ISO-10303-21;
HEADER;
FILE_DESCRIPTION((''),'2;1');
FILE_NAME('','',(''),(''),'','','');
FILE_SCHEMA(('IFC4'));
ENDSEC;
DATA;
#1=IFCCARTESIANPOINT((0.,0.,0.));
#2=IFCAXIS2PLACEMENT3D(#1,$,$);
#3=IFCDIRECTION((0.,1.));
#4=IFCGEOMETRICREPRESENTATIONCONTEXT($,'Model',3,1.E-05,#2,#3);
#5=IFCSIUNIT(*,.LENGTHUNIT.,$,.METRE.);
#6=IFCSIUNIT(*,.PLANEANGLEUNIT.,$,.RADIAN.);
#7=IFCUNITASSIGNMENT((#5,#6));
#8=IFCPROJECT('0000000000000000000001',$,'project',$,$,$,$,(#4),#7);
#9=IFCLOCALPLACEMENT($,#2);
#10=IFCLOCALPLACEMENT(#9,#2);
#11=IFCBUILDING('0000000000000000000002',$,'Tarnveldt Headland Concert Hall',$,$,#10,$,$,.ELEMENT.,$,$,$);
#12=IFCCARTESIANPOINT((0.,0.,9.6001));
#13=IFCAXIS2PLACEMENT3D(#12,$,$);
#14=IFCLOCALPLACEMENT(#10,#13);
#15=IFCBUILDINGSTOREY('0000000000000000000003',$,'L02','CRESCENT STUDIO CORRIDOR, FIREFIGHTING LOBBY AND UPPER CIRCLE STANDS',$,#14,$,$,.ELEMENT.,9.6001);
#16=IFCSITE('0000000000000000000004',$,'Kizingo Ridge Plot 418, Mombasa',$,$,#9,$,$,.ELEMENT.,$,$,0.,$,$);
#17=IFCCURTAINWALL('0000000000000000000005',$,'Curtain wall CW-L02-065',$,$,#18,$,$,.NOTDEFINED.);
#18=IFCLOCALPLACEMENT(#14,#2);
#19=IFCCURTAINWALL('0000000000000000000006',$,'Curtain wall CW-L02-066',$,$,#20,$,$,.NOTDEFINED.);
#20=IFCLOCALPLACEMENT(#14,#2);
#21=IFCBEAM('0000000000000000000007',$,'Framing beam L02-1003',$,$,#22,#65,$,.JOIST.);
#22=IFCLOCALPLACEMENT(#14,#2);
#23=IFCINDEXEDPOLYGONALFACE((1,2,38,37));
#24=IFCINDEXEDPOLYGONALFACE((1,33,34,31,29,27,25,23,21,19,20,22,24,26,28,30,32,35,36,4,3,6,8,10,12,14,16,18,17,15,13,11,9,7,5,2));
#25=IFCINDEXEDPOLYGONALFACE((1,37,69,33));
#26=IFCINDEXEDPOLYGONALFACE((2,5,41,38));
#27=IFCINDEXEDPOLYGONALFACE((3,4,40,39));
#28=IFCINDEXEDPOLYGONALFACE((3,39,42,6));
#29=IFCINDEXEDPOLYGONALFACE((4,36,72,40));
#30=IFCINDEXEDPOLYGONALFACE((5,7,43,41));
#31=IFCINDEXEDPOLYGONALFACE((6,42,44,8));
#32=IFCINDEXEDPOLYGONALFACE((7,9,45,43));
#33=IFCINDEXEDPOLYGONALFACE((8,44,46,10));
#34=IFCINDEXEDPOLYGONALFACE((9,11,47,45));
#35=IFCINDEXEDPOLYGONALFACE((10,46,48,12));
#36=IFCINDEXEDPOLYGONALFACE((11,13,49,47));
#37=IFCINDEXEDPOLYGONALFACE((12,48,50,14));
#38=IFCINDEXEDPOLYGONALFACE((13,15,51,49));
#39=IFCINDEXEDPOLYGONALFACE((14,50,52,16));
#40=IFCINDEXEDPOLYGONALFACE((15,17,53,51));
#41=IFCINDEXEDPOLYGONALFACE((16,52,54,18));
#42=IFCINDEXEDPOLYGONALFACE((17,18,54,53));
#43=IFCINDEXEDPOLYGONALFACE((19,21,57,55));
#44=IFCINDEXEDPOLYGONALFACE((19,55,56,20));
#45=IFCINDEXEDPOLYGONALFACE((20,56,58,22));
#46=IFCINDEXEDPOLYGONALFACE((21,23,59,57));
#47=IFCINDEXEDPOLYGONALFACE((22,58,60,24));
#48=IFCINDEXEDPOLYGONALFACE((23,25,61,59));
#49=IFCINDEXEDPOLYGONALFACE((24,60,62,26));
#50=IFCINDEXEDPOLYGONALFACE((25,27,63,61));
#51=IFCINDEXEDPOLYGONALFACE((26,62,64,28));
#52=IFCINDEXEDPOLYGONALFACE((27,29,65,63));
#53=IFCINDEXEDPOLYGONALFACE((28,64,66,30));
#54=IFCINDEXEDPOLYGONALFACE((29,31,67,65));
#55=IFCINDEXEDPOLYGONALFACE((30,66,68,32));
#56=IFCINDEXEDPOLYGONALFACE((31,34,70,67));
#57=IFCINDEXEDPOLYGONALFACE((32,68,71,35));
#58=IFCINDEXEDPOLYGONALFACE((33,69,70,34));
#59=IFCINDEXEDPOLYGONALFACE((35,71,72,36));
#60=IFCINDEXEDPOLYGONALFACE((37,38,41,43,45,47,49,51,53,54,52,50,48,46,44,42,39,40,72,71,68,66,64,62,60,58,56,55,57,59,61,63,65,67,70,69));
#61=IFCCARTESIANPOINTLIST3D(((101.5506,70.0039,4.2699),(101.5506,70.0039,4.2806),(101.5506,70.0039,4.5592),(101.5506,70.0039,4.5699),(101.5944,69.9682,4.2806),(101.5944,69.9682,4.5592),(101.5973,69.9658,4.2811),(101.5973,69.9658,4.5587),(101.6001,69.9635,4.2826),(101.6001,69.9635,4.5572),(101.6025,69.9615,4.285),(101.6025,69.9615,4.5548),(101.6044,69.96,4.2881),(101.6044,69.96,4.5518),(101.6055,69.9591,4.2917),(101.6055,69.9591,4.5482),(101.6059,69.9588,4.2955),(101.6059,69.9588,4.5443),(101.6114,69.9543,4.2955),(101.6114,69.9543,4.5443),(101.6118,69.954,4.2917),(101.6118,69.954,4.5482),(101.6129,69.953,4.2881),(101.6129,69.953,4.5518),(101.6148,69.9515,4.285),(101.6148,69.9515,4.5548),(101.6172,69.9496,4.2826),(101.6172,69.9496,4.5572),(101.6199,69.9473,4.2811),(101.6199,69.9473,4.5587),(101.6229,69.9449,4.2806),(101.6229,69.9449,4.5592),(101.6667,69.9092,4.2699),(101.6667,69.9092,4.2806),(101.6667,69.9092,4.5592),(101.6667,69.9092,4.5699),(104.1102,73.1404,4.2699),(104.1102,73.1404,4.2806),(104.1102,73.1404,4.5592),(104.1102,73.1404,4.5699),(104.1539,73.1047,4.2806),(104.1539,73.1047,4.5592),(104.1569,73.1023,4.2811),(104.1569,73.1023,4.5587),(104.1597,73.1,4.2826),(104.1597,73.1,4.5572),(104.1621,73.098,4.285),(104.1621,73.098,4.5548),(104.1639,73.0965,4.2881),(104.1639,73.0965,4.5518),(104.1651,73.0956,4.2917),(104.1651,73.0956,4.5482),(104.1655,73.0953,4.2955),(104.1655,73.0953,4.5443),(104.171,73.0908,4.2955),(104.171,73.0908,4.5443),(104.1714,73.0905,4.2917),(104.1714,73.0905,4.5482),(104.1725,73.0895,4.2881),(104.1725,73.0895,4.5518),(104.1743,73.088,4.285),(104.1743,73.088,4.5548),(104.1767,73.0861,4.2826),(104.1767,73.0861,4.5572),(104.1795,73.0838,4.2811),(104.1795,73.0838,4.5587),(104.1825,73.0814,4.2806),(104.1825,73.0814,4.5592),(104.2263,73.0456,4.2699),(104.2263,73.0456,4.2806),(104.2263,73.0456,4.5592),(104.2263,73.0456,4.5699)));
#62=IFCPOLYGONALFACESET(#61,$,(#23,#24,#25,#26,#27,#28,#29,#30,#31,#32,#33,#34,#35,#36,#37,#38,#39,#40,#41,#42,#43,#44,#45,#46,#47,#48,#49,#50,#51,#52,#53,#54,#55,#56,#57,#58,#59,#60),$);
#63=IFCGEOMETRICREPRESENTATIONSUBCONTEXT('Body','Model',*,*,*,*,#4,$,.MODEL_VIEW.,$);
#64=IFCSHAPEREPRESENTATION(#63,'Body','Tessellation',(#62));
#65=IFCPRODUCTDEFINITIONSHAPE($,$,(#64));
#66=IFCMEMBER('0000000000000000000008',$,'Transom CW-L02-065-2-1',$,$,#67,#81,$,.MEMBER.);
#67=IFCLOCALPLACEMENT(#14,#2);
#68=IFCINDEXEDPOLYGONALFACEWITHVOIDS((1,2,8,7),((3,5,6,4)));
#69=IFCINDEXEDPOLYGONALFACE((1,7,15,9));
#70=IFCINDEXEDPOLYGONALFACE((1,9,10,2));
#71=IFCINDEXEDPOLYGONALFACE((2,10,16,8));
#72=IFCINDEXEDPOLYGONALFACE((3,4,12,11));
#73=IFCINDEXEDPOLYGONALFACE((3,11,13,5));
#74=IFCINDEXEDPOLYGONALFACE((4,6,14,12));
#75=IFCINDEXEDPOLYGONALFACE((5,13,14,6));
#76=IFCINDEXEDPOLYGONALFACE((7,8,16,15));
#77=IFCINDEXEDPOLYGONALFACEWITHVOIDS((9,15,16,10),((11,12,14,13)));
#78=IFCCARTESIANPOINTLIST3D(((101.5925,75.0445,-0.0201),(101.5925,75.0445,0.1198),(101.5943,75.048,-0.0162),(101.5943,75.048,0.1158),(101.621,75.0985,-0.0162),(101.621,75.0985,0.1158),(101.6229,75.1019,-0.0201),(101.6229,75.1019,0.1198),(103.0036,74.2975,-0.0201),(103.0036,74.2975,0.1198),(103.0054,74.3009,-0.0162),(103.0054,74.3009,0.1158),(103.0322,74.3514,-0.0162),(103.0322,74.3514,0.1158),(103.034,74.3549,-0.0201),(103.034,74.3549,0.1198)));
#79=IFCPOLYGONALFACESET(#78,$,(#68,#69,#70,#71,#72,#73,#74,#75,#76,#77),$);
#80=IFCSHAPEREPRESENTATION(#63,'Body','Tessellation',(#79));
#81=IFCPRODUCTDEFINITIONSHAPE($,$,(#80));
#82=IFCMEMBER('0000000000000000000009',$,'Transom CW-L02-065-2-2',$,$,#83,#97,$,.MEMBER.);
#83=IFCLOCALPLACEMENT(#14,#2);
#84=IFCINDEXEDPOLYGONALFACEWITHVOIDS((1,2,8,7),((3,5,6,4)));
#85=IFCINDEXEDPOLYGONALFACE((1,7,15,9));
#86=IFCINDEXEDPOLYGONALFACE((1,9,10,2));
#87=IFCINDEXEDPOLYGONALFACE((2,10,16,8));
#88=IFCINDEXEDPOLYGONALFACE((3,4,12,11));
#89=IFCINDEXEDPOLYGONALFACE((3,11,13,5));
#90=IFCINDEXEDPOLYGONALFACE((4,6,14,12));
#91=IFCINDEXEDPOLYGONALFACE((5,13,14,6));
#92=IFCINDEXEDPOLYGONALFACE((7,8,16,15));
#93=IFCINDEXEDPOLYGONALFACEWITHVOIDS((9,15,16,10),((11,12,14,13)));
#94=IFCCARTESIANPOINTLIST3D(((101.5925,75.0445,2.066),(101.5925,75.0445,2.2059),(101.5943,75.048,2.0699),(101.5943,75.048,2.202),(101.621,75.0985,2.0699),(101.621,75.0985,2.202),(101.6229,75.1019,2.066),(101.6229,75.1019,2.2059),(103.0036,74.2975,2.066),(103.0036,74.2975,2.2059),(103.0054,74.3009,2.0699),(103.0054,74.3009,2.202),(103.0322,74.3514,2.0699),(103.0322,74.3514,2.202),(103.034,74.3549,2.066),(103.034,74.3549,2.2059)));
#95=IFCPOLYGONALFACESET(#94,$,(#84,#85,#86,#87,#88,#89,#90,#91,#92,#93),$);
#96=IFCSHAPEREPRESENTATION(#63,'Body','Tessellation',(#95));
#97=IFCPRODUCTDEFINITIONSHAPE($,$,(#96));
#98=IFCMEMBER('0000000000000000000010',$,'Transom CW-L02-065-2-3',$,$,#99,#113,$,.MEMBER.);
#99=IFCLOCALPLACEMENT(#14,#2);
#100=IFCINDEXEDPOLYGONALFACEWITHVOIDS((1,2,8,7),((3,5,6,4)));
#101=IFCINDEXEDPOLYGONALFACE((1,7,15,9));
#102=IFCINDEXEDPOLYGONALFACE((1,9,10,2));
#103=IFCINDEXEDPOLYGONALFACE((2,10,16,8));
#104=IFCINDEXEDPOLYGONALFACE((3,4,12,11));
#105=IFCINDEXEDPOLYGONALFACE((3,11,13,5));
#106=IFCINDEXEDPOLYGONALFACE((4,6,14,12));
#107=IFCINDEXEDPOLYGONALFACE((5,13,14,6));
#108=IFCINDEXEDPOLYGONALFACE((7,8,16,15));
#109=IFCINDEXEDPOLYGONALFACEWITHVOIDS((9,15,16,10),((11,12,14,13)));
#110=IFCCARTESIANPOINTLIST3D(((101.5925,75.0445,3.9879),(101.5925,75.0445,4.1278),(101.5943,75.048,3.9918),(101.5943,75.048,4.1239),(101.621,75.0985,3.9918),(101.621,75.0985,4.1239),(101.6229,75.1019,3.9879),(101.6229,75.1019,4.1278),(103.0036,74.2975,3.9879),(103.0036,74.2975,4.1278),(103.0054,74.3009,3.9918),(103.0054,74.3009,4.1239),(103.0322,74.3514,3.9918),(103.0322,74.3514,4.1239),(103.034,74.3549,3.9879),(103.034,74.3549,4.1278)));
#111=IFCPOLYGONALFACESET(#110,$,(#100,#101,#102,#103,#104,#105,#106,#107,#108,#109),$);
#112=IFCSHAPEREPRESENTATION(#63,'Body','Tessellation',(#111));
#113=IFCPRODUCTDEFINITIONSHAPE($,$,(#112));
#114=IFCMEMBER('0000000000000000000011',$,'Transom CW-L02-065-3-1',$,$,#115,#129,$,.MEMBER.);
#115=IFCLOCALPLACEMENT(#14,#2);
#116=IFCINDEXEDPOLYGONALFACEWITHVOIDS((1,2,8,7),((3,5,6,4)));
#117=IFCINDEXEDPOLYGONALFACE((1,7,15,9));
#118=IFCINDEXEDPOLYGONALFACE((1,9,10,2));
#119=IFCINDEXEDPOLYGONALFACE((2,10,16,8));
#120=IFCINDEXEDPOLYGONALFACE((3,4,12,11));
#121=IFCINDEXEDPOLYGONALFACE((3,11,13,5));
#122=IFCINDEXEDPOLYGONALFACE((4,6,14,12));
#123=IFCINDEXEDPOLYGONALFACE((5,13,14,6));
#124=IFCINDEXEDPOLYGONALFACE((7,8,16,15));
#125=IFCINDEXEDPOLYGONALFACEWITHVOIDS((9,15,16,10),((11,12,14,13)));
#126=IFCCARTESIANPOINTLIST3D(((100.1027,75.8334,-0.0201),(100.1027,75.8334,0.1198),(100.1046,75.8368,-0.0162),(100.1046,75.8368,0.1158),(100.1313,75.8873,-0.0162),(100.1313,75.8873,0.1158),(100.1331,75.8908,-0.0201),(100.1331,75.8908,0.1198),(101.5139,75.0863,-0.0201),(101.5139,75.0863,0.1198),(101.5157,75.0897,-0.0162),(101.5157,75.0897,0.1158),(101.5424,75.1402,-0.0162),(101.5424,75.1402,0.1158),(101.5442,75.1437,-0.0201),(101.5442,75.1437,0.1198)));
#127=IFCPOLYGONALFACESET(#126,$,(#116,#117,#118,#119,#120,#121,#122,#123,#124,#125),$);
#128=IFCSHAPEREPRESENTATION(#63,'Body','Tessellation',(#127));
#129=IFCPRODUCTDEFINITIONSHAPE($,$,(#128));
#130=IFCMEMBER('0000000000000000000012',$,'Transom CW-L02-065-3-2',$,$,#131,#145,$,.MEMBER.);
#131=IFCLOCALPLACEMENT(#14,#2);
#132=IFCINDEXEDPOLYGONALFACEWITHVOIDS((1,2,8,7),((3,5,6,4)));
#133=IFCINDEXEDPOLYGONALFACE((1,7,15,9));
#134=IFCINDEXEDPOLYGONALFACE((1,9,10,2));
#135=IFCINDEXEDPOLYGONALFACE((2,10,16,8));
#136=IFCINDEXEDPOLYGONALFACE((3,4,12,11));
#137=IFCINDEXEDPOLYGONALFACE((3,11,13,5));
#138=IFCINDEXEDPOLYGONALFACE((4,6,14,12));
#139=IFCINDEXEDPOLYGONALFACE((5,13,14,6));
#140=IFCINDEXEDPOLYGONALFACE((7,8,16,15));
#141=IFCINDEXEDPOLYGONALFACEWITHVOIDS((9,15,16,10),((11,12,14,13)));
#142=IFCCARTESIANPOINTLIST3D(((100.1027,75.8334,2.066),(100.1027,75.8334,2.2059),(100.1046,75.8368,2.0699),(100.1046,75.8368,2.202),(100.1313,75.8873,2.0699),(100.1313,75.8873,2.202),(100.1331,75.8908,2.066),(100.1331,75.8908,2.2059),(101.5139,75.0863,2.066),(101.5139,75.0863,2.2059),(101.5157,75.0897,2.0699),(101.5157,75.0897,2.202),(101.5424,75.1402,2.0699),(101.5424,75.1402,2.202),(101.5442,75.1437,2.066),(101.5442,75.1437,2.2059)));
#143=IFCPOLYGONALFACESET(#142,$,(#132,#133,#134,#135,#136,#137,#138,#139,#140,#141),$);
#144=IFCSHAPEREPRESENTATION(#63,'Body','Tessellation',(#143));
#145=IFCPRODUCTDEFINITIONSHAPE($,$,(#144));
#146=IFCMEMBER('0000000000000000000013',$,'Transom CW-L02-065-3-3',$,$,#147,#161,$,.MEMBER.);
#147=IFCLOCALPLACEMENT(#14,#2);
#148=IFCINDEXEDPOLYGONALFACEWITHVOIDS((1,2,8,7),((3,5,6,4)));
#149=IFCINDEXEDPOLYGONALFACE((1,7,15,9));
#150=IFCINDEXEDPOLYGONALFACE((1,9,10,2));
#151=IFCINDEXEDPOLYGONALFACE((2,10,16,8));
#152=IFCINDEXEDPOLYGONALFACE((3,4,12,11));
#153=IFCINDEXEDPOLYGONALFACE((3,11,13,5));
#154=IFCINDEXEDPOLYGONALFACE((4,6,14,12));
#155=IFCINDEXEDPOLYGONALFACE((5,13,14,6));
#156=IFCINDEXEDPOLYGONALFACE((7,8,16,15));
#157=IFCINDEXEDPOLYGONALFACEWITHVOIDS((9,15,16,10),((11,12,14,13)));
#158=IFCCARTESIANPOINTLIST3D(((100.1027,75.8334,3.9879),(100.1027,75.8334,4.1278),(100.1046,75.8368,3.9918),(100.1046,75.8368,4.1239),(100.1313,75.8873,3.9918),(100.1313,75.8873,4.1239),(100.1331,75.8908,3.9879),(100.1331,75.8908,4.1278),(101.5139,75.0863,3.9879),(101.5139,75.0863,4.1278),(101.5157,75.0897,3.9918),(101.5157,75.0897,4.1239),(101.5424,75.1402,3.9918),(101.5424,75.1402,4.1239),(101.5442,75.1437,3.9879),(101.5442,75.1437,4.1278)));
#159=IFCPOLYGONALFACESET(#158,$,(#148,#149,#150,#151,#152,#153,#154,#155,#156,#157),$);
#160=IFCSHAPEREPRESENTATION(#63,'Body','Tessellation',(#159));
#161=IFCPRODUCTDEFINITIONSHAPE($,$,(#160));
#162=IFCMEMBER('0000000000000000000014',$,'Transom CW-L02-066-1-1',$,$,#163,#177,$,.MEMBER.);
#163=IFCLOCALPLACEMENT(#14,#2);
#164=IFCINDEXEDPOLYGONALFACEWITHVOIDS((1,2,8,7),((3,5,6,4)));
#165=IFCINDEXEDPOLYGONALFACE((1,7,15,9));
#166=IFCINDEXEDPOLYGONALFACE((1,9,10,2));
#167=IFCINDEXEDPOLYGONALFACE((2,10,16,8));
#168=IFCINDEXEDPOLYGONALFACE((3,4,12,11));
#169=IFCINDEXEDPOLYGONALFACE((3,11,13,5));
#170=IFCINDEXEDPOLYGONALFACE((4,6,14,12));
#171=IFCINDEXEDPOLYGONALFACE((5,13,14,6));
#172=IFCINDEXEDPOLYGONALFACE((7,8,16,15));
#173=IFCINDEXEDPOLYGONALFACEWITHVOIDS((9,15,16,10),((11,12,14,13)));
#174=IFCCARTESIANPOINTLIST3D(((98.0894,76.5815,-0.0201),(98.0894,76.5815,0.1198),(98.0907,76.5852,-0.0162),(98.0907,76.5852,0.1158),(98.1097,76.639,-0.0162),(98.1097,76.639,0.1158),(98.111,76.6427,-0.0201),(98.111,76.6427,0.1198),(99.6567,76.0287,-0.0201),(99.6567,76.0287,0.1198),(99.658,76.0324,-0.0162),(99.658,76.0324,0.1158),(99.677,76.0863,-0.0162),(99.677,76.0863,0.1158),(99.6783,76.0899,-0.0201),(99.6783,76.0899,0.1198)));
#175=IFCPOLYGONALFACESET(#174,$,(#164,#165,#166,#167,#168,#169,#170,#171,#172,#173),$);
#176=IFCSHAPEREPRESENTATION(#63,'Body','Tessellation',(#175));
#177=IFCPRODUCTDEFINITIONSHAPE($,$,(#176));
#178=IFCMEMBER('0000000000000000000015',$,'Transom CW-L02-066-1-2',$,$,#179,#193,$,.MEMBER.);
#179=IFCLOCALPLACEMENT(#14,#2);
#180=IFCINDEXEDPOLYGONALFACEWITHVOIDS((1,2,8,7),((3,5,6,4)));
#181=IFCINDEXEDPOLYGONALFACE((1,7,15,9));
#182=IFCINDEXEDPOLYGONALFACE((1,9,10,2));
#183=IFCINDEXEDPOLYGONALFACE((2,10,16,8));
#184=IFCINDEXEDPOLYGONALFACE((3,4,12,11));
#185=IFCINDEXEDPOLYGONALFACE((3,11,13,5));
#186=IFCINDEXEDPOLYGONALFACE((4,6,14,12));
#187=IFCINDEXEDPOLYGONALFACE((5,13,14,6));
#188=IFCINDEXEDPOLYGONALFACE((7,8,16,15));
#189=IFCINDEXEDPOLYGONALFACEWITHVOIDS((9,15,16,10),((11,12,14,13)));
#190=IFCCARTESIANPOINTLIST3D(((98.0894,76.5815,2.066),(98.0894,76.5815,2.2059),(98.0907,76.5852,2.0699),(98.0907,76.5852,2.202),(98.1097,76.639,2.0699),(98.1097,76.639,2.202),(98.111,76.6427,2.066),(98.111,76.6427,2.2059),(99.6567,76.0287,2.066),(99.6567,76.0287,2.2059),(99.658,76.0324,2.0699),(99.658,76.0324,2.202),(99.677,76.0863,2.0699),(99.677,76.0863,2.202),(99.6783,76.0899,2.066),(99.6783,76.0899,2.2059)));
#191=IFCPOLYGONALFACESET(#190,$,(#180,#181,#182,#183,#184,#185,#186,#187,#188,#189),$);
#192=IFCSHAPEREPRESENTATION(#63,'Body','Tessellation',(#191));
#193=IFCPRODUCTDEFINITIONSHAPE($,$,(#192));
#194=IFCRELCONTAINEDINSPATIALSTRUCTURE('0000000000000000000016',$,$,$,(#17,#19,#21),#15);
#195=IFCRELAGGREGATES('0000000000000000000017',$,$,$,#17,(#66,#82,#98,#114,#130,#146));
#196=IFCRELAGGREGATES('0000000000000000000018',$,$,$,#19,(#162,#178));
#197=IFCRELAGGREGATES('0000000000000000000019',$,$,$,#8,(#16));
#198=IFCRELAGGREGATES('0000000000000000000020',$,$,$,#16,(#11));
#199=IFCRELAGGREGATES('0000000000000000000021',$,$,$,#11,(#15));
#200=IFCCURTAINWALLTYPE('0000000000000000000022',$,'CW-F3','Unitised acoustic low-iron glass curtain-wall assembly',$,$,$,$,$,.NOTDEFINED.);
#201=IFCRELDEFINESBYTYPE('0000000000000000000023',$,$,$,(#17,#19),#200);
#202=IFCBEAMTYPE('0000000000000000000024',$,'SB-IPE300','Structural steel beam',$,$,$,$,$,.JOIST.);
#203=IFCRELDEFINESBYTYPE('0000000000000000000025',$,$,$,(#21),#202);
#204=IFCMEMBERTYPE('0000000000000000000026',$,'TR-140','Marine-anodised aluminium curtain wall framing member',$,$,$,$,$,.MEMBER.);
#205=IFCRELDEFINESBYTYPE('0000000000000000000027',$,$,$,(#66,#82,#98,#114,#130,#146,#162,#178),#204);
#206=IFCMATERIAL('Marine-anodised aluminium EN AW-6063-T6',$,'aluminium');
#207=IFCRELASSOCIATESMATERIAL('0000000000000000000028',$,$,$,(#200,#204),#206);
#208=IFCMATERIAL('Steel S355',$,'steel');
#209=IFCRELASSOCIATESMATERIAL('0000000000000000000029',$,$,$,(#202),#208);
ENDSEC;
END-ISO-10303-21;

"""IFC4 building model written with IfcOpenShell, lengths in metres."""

from ifc_helpers import new_model, si_unit, direction, frame, origin, origin_2d, place, context, subcontext, project, spatial, hollow_rectangle, i_section, extrude, material, material_profile, profile_set, type_object, element, aggregate, save


model = new_model("IFC4")

# Units and contexts
model_context = context("Model", 3, precision=1e-05, world=origin(), true_north=direction((0.0, 1.0)))
body_context = subcontext(model_context, "Body", "Model", "MODEL_VIEW")
ifc_project = project(units=[si_unit("LENGTHUNIT", "METRE"), si_unit("PLANEANGLEUNIT", "RADIAN")], contexts=[model_context])

# Site, building, storey
site_placement = place(None, origin())
site = spatial("IfcSite", under=ifc_project, at=site_placement, Name="Kizingo Ridge Plot 418, Mombasa", CompositionType="ELEMENT", RefElevation=0.0)
building_placement = place(site_placement, origin())
building = spatial("IfcBuilding", under=site, at=building_placement, Name="Tarnveldt Headland Concert Hall", CompositionType="ELEMENT")
storey_placement = place(building_placement, frame((0.0, 0.0, 9.6001)))
storey = spatial("IfcBuildingStorey", under=building, at=storey_placement, Name="L02", Description="CRESCENT STUDIO CORRIDOR, FIREFIGHTING LOBBY AND UPPER CIRCLE STANDS", CompositionType="ELEMENT", Elevation=9.6001)

# Shared definitions
ifc_material_1 = material(Name="Steel S355", Category="steel")

# Curtain walls
ifc_material_2 = material(Name="Marine-anodised aluminium EN AW-6063-T6", Category="aluminium")
curtain_wall_type = type_object("IfcCurtainWallType", Name="CW-F3", Description="Unitised acoustic low-iron glass curtain-wall assembly", PredefinedType="NOTDEFINED", material=ifc_material_2)
curtain_wall_1_placement = place(storey_placement, origin())
curtain_wall_1 = element("IfcCurtainWall", 1, at=curtain_wall_1_placement, inside=storey, type_object=curtain_wall_type, Name="Curtain wall CW-L02-065", PredefinedType="NOTDEFINED")
curtain_wall_2_placement = place(storey_placement, origin())
curtain_wall_2 = element("IfcCurtainWall", 2, at=curtain_wall_2_placement, inside=storey, type_object=curtain_wall_type, Name="Curtain wall CW-L02-066", PredefinedType="NOTDEFINED")

# Beam
ifc_material_profile_1 = material_profile(ifc_material_1, i_section(OverallWidth=0.1499, OverallDepth=0.3, WebThickness=0.0071, FlangeThickness=0.0107, FilletRadius=0.0149, at=origin_2d()), Name="IPE300", Category="steel")
ifc_profile_set_1 = profile_set([ifc_material_profile_1], Name="Steel S355")
beam_type_1 = type_object("IfcBeamType", Name="SB-IPE300", Description="Structural steel beam", PredefinedType="JOIST", material=ifc_profile_set_1)
beam_1_placement = place(storey_placement, frame((101.6086, 69.9565, 4.4199), z_axis=(0.632255, 0.77476, 0.0), x_axis=(-0.77476, 0.632255, 0.0)))
element("IfcBeam", 3, at=beam_1_placement, inside=storey, type_object=beam_type_1, Name="Framing beam L02-1003", PredefinedType="JOIST", context=body_context, shape_type="SweptSolid", body=[
    extrude(i_section(OverallWidth=0.1499, OverallDepth=0.3, WebThickness=0.0071, FlangeThickness=0.0107, FilletRadius=0.0149, at=origin_2d()), origin(), (0.0, 0.0, 1.0), 4.0483),
])

# Members
ifc_material_profile_2 = material_profile(ifc_material_2, hollow_rectangle(XDim=0.0649, YDim=0.1399, WallThickness=0.0039, at=origin_2d()), Name="ALU TRANSOM 65x140x4", Category="aluminium")
ifc_profile_set_2 = profile_set([ifc_material_profile_2], Name="Marine-anodised aluminium EN AW-6063-T6")
member_type_1 = type_object("IfcMemberType", Name="TR-140", Description="Marine-anodised aluminium curtain wall framing member", PredefinedType="MEMBER", material=ifc_profile_set_2)
member_1_placement = place(storey_placement, frame((103.0188, 74.3262, 0.0498), z_axis=(-0.883788, 0.467888, 0.0), x_axis=(-0.467888, -0.883788, 0.0)))
member_1 = element("IfcMember", 4, at=member_1_placement, type_object=member_type_1, Name="Transom CW-L02-065-2-1", PredefinedType="MEMBER", context=body_context, shape_type="SweptSolid", body=[
    extrude(hollow_rectangle(XDim=0.0649, YDim=0.1399, WallThickness=0.0039, at=origin_2d()), origin(), (0.0, 0.0, 1.0), 1.5967),
])
member_2_placement = place(storey_placement, frame((103.0188, 74.3262, 2.136), z_axis=(-0.883788, 0.467888, 0.0), x_axis=(-0.467888, -0.883788, 0.0)))
member_2 = element("IfcMember", 5, at=member_2_placement, type_object=member_type_1, Name="Transom CW-L02-065-2-2", PredefinedType="MEMBER", context=body_context, shape_type="SweptSolid", body=[
    extrude(hollow_rectangle(XDim=0.0649, YDim=0.1399, WallThickness=0.0039, at=origin_2d()), origin(), (0.0, 0.0, 1.0), 1.5967),
])
member_3_placement = place(storey_placement, frame((103.0188, 74.3262, 4.0579), z_axis=(-0.883788, 0.467888, 0.0), x_axis=(-0.467888, -0.883788, 0.0)))
member_3 = element("IfcMember", 6, at=member_3_placement, type_object=member_type_1, Name="Transom CW-L02-065-2-3", PredefinedType="MEMBER", context=body_context, shape_type="SweptSolid", body=[
    extrude(hollow_rectangle(XDim=0.0649, YDim=0.1399, WallThickness=0.0039, at=origin_2d()), origin(), (0.0, 0.0, 1.0), 1.5967),
])
member_4_placement = place(storey_placement, frame((101.5291, 75.115, 0.0498), z_axis=(-0.883788, 0.467888, 0.0), x_axis=(-0.467888, -0.883788, 0.0)))
member_4 = element("IfcMember", 7, at=member_4_placement, type_object=member_type_1, Name="Transom CW-L02-065-3-1", PredefinedType="MEMBER", context=body_context, shape_type="SweptSolid", body=[
    extrude(hollow_rectangle(XDim=0.0649, YDim=0.1399, WallThickness=0.0039, at=origin_2d()), origin(), (0.0, 0.0, 1.0), 1.5967),
])
member_5_placement = place(storey_placement, frame((101.5291, 75.115, 2.136), z_axis=(-0.883788, 0.467888, 0.0), x_axis=(-0.467888, -0.883788, 0.0)))
member_5 = element("IfcMember", 8, at=member_5_placement, type_object=member_type_1, Name="Transom CW-L02-065-3-2", PredefinedType="MEMBER", context=body_context, shape_type="SweptSolid", body=[
    extrude(hollow_rectangle(XDim=0.0649, YDim=0.1399, WallThickness=0.0039, at=origin_2d()), origin(), (0.0, 0.0, 1.0), 1.5967),
])
member_6_placement = place(storey_placement, frame((101.5291, 75.115, 4.0579), z_axis=(-0.883788, 0.467888, 0.0), x_axis=(-0.467888, -0.883788, 0.0)))
member_6 = element("IfcMember", 9, at=member_6_placement, type_object=member_type_1, Name="Transom CW-L02-065-3-3", PredefinedType="MEMBER", context=body_context, shape_type="SweptSolid", body=[
    extrude(hollow_rectangle(XDim=0.0649, YDim=0.1399, WallThickness=0.0039, at=origin_2d()), origin(), (0.0, 0.0, 1.0), 1.5967),
])
member_7_placement = place(storey_placement, frame((99.6675, 76.0593, 0.0498), z_axis=(-0.943061, 0.33262, 0.0), x_axis=(-0.33262, -0.943061, 0.0)))
member_7 = element("IfcMember", 10, at=member_7_placement, type_object=member_type_1, Name="Transom CW-L02-066-1-1", PredefinedType="MEMBER", context=body_context, shape_type="SweptSolid", body=[
    extrude(hollow_rectangle(XDim=0.0649, YDim=0.1399, WallThickness=0.0039, at=origin_2d()), origin(), (0.0, 0.0, 1.0), 1.6619),
])
member_8_placement = place(storey_placement, frame((99.6675, 76.0593, 2.136), z_axis=(-0.943061, 0.33262, 0.0), x_axis=(-0.33262, -0.943061, 0.0)))
member_8 = element("IfcMember", 11, at=member_8_placement, type_object=member_type_1, Name="Transom CW-L02-066-1-2", PredefinedType="MEMBER", context=body_context, shape_type="SweptSolid", body=[
    extrude(hollow_rectangle(XDim=0.0649, YDim=0.1399, WallThickness=0.0039, at=origin_2d()), origin(), (0.0, 0.0, 1.0), 1.6619),
])

aggregate(curtain_wall_1, [member_1, member_2, member_3, member_4, member_5, member_6])
aggregate(curtain_wall_2, [member_7, member_8])

save(model, "model.ifc")
